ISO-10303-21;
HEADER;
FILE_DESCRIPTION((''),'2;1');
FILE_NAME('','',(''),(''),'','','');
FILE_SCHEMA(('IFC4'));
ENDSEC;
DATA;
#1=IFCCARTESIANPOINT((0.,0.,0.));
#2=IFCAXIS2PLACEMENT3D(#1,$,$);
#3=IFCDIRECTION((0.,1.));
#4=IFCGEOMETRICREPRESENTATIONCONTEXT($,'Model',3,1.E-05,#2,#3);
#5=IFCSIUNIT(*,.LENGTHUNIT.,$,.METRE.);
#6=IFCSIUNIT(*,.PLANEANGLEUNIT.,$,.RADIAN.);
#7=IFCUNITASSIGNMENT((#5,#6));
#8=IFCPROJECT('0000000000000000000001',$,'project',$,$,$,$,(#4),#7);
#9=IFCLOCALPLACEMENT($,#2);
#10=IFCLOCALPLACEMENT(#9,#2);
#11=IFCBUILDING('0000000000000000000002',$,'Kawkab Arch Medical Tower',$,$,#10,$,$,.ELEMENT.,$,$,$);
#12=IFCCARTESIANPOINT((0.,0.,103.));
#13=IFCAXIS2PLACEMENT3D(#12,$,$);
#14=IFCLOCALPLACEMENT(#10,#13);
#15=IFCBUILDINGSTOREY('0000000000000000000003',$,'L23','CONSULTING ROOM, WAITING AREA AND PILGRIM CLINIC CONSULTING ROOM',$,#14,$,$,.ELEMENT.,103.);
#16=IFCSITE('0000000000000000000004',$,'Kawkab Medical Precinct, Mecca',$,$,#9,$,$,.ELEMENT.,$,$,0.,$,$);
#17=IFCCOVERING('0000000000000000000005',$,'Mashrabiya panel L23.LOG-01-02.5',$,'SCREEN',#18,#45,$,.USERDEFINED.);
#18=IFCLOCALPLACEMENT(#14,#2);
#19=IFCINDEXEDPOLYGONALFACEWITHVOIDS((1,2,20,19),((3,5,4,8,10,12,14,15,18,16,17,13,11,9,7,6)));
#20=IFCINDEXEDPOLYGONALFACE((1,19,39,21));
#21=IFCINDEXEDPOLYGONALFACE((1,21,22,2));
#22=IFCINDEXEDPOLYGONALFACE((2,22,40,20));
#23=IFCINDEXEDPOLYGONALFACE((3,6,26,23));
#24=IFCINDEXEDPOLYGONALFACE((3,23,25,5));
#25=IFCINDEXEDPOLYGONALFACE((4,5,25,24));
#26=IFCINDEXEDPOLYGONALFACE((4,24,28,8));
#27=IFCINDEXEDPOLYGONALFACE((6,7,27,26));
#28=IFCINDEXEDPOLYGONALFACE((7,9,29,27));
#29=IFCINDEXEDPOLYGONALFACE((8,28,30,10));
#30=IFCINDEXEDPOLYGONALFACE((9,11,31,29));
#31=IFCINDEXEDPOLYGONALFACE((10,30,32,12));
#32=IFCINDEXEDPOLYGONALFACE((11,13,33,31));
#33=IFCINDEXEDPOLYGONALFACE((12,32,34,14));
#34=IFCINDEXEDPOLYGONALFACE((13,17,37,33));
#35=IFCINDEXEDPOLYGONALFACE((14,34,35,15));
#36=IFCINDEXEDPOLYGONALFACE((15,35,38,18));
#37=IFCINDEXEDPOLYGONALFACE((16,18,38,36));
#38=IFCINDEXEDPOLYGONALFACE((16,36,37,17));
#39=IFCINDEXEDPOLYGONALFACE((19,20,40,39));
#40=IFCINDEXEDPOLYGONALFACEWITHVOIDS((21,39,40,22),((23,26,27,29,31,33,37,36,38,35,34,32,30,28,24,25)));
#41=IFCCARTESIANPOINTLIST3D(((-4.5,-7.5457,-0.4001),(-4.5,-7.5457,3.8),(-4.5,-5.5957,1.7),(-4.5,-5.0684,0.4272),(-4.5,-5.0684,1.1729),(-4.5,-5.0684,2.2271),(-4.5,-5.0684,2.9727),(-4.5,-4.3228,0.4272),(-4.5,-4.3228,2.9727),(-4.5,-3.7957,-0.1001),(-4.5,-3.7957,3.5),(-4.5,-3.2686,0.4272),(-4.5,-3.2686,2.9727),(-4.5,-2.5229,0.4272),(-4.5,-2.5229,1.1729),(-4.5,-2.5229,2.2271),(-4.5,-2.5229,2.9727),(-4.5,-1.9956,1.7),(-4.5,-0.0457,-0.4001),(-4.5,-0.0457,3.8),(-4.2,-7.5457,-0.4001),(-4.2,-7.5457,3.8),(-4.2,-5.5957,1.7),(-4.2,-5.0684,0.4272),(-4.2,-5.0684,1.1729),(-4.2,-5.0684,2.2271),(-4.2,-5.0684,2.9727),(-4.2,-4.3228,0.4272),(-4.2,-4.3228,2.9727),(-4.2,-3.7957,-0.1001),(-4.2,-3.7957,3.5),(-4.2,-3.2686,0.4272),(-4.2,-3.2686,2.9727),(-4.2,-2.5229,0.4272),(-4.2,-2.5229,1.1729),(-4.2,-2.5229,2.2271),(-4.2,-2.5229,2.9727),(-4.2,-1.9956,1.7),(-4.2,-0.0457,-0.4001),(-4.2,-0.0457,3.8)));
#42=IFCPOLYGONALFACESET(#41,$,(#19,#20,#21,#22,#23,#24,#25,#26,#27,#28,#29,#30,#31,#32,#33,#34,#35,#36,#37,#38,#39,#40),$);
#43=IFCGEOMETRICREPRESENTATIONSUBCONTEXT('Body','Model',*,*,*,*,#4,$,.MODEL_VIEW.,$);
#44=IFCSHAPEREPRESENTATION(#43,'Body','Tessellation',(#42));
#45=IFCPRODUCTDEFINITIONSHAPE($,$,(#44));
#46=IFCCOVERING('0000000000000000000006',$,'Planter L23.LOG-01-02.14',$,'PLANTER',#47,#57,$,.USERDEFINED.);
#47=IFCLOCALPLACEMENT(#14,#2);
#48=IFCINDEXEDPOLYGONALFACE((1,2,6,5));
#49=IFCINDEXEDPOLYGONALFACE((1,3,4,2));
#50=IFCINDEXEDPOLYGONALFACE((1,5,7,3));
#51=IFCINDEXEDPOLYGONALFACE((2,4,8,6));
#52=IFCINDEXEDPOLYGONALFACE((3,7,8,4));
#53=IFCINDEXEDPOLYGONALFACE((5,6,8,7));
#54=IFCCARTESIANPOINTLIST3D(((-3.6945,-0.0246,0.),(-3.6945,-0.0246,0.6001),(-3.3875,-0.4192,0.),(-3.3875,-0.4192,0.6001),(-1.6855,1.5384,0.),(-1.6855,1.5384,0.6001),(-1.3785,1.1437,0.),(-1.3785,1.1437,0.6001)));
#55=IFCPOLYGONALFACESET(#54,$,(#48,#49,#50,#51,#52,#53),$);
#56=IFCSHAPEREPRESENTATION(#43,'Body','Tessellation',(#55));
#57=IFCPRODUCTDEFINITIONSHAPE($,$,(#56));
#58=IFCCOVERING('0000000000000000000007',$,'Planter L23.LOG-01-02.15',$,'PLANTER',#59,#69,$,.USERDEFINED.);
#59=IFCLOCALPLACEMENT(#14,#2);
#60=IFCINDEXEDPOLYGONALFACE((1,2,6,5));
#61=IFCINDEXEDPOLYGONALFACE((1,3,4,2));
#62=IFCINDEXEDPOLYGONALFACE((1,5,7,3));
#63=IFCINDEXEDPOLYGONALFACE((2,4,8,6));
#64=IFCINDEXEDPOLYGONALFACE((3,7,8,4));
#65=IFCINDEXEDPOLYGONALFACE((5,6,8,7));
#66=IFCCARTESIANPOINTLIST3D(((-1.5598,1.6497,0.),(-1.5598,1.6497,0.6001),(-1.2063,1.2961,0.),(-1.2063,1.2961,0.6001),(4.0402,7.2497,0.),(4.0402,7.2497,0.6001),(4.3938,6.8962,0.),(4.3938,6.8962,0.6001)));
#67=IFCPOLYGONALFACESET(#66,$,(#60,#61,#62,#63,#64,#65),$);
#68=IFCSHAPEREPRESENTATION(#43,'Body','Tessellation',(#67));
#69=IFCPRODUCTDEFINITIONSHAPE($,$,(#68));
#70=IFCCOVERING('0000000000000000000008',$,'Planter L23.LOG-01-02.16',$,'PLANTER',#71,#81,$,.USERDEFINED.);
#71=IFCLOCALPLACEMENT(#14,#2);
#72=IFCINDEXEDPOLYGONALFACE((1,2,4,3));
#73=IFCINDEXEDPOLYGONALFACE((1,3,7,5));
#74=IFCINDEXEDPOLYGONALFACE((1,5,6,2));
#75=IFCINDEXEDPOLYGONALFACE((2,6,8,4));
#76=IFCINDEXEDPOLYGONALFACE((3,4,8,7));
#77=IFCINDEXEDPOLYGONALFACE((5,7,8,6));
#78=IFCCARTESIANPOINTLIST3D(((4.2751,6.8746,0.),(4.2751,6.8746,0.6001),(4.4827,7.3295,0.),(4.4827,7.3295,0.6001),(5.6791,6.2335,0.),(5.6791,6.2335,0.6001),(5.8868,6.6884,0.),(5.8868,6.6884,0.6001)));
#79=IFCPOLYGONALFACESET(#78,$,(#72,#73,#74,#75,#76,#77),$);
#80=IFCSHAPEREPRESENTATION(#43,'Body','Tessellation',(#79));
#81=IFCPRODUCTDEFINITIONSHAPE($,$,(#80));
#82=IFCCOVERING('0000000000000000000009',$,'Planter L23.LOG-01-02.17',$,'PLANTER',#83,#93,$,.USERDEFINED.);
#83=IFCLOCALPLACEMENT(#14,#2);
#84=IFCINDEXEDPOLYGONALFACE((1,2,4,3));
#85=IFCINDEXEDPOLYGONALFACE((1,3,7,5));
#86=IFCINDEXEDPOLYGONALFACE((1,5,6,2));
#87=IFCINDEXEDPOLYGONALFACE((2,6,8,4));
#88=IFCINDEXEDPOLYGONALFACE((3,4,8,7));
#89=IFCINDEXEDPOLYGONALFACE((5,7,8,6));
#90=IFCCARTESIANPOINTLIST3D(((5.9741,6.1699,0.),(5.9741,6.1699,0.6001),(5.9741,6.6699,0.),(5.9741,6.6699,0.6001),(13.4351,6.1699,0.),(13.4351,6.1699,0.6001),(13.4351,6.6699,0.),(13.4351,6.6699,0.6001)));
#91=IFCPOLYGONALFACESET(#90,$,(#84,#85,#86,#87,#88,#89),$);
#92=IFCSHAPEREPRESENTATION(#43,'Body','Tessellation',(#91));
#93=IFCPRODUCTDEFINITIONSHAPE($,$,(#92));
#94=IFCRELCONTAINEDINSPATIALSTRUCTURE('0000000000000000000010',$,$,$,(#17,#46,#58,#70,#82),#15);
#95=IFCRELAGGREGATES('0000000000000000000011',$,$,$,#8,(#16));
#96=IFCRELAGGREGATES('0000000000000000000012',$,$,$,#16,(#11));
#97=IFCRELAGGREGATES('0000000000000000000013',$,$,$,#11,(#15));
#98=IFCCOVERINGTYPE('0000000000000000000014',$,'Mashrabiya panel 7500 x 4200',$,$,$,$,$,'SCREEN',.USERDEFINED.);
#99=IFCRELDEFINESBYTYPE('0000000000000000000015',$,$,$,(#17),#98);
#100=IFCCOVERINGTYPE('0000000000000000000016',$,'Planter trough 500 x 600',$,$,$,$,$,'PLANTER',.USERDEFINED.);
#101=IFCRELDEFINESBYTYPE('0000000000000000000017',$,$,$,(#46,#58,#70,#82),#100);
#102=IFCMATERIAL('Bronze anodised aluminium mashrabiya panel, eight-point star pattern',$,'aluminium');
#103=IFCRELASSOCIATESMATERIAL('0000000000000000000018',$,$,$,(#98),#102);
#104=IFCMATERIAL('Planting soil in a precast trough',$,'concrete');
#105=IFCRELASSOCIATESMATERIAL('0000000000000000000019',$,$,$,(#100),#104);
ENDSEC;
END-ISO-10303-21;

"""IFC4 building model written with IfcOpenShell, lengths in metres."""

from ifc_helpers import new_model, si_unit, direction, frame, origin, origin_2d, place, context, subcontext, project, spatial, polyline, rectangle, outline, extrude, material, material_profile, profile_set, type_object, element, save


model = new_model("IFC4")

# Units and contexts
model_context = context("Model", 3, precision=1e-05, world=origin(), true_north=direction((0.0, 1.0)))
body_context = subcontext(model_context, "Body", "Model", "MODEL_VIEW")
ifc_project = project(units=[si_unit("LENGTHUNIT", "METRE"), si_unit("PLANEANGLEUNIT", "RADIAN")], contexts=[model_context])

# Site, building, storey
site_placement = place(None, origin())
site = spatial("IfcSite", under=ifc_project, at=site_placement, Name="Kawkab Medical Precinct, Mecca", CompositionType="ELEMENT", RefElevation=0.0)
building_placement = place(site_placement, origin())
building = spatial("IfcBuilding", under=site, at=building_placement, Name="Kawkab Arch Medical Tower", CompositionType="ELEMENT")
storey_placement = place(building_placement, frame((0.0, 0.0, 103.0)))
storey = spatial("IfcBuildingStorey", under=building, at=storey_placement, Name="L23", Description="CONSULTING ROOM, WAITING AREA AND PILGRIM CLINIC CONSULTING ROOM", CompositionType="ELEMENT", Elevation=103.0)

# Coverings
ifc_material_1 = material(Name="Bronze anodised aluminium mashrabiya panel, eight-point star pattern", Category="aluminium")
ifc_material_profile_1 = material_profile(ifc_material_1, outline(polyline([(-3.75, -2.1001), (3.75, -2.1001), (3.75, 2.1001), (-3.75, 2.1001), (-3.75, -2.1001)]), holes=[polyline([(1.8, 0.0), (1.2727, 0.5271), (1.2727, 1.2727), (0.5271, 1.2727), (0.0, 1.8), (-0.5271, 1.2727), (-1.2727, 1.2727), (-1.2727, 0.5271), (-1.8, 0.0), (-1.2727, -0.5271), (-1.2727, -1.2727), (-0.5271, -1.2727), (0.0, -1.8), (0.5271, -1.2727), (1.2727, -1.2727), (1.2727, -0.5271), (1.8, 0.0)])]), Name="Mashrabiya panel 7500x4200")
ifc_profile_set_1 = profile_set([ifc_material_profile_1], Name="Bronze anodised aluminium mashrabiya panel, eight-point star pattern")
covering_type_1 = type_object("IfcCoveringType", Name="Mashrabiya panel 7500 x 4200", ElementType="SCREEN", PredefinedType="USERDEFINED", material=ifc_profile_set_1)
covering_1_placement = place(storey_placement, frame((-4.2, -3.7957, 1.7), z_axis=(-1.0, 0.0, 0.0), x_axis=(0.0, -1.0, 0.0)))
element("IfcCovering", 1, at=covering_1_placement, inside=storey, type_object=covering_type_1, Name="Mashrabiya panel L23.LOG-01-02.5", ObjectType="SCREEN", PredefinedType="USERDEFINED", context=body_context, shape_type="SweptSolid", body=[
    extrude(outline(polyline([(-3.75, -2.1001), (3.75, -2.1001), (3.75, 2.1001), (-3.75, 2.1001), (-3.75, -2.1001)]), holes=[polyline([(1.8, 0.0), (1.2727, 0.5271), (1.2727, 1.2727), (0.5271, 1.2727), (0.0, 1.8), (-0.5271, 1.2727), (-1.2727, 1.2727), (-1.2727, 0.5271), (-1.8, 0.0), (-1.2727, -0.5271), (-1.2727, -1.2727), (-0.5271, -1.2727), (0.0, -1.8), (0.5271, -1.2727), (1.2727, -1.2727), (1.2727, -0.5271), (1.8, 0.0)])]), origin(), (0.0, 0.0, 1.0), 0.3),
])
ifc_material_2 = material(Name="Planting soil in a precast trough", Category="concrete")
ifc_material_profile_2 = material_profile(ifc_material_2, rectangle(XDim=0.5, YDim=0.6001, at=origin_2d()), Name="Trough 500x600")
ifc_profile_set_2 = profile_set([ifc_material_profile_2], Name="Planting soil in a precast trough")
covering_type_2 = type_object("IfcCoveringType", Name="Planter trough 500 x 600", ElementType="PLANTER", PredefinedType="USERDEFINED", material=ifc_profile_set_2)
covering_2_placement = place(storey_placement, frame((-3.541, -0.2219, 0.3), z_axis=(0.789275, 0.61404, 0.0), x_axis=(-0.61404, 0.789275, 0.0)))
element("IfcCovering", 2, at=covering_2_placement, inside=storey, type_object=covering_type_2, Name="Planter L23.LOG-01-02.14", ObjectType="PLANTER", PredefinedType="USERDEFINED", context=body_context, shape_type="SweptSolid", body=[
    extrude(rectangle(XDim=0.5, YDim=0.6001, at=origin_2d()), origin(), (0.0, 0.0, 1.0), 2.5454),
])
covering_3_placement = place(storey_placement, frame((-1.3831, 1.4729, 0.3), z_axis=(0.707107, 0.707107, 0.0), x_axis=(-0.707107, 0.707107, 0.0)))
element("IfcCovering", 3, at=covering_3_placement, inside=storey, type_object=covering_type_2, Name="Planter L23.LOG-01-02.15", ObjectType="PLANTER", PredefinedType="USERDEFINED", context=body_context, shape_type="SweptSolid", body=[
    extrude(rectangle(XDim=0.5, YDim=0.6001, at=origin_2d()), origin(), (0.0, 0.0, 1.0), 7.9197),
])
covering_4_placement = place(storey_placement, frame((4.3789, 7.1021, 0.3), z_axis=(0.909656, -0.415363, 0.0), x_axis=(0.415363, 0.909656, 0.0)))
element("IfcCovering", 4, at=covering_4_placement, inside=storey, type_object=covering_type_2, Name="Planter L23.LOG-01-02.16", ObjectType="PLANTER", PredefinedType="USERDEFINED", context=body_context, shape_type="SweptSolid", body=[
    extrude(rectangle(XDim=0.5, YDim=0.6001, at=origin_2d()), origin(), (0.0, 0.0, 1.0), 1.5435),
])
covering_5_placement = place(storey_placement, frame((5.9741, 6.4199, 0.3), z_axis=(1.0, 0.0, 0.0), x_axis=(0.0, 1.0, 0.0)))
element("IfcCovering", 5, at=covering_5_placement, inside=storey, type_object=covering_type_2, Name="Planter L23.LOG-01-02.17", ObjectType="PLANTER", PredefinedType="USERDEFINED", context=body_context, shape_type="SweptSolid", body=[
    extrude(rectangle(XDim=0.5, YDim=0.6001, at=origin_2d()), origin(), (0.0, 0.0, 1.0), 7.4609),
])

save(model, "model.ifc")
